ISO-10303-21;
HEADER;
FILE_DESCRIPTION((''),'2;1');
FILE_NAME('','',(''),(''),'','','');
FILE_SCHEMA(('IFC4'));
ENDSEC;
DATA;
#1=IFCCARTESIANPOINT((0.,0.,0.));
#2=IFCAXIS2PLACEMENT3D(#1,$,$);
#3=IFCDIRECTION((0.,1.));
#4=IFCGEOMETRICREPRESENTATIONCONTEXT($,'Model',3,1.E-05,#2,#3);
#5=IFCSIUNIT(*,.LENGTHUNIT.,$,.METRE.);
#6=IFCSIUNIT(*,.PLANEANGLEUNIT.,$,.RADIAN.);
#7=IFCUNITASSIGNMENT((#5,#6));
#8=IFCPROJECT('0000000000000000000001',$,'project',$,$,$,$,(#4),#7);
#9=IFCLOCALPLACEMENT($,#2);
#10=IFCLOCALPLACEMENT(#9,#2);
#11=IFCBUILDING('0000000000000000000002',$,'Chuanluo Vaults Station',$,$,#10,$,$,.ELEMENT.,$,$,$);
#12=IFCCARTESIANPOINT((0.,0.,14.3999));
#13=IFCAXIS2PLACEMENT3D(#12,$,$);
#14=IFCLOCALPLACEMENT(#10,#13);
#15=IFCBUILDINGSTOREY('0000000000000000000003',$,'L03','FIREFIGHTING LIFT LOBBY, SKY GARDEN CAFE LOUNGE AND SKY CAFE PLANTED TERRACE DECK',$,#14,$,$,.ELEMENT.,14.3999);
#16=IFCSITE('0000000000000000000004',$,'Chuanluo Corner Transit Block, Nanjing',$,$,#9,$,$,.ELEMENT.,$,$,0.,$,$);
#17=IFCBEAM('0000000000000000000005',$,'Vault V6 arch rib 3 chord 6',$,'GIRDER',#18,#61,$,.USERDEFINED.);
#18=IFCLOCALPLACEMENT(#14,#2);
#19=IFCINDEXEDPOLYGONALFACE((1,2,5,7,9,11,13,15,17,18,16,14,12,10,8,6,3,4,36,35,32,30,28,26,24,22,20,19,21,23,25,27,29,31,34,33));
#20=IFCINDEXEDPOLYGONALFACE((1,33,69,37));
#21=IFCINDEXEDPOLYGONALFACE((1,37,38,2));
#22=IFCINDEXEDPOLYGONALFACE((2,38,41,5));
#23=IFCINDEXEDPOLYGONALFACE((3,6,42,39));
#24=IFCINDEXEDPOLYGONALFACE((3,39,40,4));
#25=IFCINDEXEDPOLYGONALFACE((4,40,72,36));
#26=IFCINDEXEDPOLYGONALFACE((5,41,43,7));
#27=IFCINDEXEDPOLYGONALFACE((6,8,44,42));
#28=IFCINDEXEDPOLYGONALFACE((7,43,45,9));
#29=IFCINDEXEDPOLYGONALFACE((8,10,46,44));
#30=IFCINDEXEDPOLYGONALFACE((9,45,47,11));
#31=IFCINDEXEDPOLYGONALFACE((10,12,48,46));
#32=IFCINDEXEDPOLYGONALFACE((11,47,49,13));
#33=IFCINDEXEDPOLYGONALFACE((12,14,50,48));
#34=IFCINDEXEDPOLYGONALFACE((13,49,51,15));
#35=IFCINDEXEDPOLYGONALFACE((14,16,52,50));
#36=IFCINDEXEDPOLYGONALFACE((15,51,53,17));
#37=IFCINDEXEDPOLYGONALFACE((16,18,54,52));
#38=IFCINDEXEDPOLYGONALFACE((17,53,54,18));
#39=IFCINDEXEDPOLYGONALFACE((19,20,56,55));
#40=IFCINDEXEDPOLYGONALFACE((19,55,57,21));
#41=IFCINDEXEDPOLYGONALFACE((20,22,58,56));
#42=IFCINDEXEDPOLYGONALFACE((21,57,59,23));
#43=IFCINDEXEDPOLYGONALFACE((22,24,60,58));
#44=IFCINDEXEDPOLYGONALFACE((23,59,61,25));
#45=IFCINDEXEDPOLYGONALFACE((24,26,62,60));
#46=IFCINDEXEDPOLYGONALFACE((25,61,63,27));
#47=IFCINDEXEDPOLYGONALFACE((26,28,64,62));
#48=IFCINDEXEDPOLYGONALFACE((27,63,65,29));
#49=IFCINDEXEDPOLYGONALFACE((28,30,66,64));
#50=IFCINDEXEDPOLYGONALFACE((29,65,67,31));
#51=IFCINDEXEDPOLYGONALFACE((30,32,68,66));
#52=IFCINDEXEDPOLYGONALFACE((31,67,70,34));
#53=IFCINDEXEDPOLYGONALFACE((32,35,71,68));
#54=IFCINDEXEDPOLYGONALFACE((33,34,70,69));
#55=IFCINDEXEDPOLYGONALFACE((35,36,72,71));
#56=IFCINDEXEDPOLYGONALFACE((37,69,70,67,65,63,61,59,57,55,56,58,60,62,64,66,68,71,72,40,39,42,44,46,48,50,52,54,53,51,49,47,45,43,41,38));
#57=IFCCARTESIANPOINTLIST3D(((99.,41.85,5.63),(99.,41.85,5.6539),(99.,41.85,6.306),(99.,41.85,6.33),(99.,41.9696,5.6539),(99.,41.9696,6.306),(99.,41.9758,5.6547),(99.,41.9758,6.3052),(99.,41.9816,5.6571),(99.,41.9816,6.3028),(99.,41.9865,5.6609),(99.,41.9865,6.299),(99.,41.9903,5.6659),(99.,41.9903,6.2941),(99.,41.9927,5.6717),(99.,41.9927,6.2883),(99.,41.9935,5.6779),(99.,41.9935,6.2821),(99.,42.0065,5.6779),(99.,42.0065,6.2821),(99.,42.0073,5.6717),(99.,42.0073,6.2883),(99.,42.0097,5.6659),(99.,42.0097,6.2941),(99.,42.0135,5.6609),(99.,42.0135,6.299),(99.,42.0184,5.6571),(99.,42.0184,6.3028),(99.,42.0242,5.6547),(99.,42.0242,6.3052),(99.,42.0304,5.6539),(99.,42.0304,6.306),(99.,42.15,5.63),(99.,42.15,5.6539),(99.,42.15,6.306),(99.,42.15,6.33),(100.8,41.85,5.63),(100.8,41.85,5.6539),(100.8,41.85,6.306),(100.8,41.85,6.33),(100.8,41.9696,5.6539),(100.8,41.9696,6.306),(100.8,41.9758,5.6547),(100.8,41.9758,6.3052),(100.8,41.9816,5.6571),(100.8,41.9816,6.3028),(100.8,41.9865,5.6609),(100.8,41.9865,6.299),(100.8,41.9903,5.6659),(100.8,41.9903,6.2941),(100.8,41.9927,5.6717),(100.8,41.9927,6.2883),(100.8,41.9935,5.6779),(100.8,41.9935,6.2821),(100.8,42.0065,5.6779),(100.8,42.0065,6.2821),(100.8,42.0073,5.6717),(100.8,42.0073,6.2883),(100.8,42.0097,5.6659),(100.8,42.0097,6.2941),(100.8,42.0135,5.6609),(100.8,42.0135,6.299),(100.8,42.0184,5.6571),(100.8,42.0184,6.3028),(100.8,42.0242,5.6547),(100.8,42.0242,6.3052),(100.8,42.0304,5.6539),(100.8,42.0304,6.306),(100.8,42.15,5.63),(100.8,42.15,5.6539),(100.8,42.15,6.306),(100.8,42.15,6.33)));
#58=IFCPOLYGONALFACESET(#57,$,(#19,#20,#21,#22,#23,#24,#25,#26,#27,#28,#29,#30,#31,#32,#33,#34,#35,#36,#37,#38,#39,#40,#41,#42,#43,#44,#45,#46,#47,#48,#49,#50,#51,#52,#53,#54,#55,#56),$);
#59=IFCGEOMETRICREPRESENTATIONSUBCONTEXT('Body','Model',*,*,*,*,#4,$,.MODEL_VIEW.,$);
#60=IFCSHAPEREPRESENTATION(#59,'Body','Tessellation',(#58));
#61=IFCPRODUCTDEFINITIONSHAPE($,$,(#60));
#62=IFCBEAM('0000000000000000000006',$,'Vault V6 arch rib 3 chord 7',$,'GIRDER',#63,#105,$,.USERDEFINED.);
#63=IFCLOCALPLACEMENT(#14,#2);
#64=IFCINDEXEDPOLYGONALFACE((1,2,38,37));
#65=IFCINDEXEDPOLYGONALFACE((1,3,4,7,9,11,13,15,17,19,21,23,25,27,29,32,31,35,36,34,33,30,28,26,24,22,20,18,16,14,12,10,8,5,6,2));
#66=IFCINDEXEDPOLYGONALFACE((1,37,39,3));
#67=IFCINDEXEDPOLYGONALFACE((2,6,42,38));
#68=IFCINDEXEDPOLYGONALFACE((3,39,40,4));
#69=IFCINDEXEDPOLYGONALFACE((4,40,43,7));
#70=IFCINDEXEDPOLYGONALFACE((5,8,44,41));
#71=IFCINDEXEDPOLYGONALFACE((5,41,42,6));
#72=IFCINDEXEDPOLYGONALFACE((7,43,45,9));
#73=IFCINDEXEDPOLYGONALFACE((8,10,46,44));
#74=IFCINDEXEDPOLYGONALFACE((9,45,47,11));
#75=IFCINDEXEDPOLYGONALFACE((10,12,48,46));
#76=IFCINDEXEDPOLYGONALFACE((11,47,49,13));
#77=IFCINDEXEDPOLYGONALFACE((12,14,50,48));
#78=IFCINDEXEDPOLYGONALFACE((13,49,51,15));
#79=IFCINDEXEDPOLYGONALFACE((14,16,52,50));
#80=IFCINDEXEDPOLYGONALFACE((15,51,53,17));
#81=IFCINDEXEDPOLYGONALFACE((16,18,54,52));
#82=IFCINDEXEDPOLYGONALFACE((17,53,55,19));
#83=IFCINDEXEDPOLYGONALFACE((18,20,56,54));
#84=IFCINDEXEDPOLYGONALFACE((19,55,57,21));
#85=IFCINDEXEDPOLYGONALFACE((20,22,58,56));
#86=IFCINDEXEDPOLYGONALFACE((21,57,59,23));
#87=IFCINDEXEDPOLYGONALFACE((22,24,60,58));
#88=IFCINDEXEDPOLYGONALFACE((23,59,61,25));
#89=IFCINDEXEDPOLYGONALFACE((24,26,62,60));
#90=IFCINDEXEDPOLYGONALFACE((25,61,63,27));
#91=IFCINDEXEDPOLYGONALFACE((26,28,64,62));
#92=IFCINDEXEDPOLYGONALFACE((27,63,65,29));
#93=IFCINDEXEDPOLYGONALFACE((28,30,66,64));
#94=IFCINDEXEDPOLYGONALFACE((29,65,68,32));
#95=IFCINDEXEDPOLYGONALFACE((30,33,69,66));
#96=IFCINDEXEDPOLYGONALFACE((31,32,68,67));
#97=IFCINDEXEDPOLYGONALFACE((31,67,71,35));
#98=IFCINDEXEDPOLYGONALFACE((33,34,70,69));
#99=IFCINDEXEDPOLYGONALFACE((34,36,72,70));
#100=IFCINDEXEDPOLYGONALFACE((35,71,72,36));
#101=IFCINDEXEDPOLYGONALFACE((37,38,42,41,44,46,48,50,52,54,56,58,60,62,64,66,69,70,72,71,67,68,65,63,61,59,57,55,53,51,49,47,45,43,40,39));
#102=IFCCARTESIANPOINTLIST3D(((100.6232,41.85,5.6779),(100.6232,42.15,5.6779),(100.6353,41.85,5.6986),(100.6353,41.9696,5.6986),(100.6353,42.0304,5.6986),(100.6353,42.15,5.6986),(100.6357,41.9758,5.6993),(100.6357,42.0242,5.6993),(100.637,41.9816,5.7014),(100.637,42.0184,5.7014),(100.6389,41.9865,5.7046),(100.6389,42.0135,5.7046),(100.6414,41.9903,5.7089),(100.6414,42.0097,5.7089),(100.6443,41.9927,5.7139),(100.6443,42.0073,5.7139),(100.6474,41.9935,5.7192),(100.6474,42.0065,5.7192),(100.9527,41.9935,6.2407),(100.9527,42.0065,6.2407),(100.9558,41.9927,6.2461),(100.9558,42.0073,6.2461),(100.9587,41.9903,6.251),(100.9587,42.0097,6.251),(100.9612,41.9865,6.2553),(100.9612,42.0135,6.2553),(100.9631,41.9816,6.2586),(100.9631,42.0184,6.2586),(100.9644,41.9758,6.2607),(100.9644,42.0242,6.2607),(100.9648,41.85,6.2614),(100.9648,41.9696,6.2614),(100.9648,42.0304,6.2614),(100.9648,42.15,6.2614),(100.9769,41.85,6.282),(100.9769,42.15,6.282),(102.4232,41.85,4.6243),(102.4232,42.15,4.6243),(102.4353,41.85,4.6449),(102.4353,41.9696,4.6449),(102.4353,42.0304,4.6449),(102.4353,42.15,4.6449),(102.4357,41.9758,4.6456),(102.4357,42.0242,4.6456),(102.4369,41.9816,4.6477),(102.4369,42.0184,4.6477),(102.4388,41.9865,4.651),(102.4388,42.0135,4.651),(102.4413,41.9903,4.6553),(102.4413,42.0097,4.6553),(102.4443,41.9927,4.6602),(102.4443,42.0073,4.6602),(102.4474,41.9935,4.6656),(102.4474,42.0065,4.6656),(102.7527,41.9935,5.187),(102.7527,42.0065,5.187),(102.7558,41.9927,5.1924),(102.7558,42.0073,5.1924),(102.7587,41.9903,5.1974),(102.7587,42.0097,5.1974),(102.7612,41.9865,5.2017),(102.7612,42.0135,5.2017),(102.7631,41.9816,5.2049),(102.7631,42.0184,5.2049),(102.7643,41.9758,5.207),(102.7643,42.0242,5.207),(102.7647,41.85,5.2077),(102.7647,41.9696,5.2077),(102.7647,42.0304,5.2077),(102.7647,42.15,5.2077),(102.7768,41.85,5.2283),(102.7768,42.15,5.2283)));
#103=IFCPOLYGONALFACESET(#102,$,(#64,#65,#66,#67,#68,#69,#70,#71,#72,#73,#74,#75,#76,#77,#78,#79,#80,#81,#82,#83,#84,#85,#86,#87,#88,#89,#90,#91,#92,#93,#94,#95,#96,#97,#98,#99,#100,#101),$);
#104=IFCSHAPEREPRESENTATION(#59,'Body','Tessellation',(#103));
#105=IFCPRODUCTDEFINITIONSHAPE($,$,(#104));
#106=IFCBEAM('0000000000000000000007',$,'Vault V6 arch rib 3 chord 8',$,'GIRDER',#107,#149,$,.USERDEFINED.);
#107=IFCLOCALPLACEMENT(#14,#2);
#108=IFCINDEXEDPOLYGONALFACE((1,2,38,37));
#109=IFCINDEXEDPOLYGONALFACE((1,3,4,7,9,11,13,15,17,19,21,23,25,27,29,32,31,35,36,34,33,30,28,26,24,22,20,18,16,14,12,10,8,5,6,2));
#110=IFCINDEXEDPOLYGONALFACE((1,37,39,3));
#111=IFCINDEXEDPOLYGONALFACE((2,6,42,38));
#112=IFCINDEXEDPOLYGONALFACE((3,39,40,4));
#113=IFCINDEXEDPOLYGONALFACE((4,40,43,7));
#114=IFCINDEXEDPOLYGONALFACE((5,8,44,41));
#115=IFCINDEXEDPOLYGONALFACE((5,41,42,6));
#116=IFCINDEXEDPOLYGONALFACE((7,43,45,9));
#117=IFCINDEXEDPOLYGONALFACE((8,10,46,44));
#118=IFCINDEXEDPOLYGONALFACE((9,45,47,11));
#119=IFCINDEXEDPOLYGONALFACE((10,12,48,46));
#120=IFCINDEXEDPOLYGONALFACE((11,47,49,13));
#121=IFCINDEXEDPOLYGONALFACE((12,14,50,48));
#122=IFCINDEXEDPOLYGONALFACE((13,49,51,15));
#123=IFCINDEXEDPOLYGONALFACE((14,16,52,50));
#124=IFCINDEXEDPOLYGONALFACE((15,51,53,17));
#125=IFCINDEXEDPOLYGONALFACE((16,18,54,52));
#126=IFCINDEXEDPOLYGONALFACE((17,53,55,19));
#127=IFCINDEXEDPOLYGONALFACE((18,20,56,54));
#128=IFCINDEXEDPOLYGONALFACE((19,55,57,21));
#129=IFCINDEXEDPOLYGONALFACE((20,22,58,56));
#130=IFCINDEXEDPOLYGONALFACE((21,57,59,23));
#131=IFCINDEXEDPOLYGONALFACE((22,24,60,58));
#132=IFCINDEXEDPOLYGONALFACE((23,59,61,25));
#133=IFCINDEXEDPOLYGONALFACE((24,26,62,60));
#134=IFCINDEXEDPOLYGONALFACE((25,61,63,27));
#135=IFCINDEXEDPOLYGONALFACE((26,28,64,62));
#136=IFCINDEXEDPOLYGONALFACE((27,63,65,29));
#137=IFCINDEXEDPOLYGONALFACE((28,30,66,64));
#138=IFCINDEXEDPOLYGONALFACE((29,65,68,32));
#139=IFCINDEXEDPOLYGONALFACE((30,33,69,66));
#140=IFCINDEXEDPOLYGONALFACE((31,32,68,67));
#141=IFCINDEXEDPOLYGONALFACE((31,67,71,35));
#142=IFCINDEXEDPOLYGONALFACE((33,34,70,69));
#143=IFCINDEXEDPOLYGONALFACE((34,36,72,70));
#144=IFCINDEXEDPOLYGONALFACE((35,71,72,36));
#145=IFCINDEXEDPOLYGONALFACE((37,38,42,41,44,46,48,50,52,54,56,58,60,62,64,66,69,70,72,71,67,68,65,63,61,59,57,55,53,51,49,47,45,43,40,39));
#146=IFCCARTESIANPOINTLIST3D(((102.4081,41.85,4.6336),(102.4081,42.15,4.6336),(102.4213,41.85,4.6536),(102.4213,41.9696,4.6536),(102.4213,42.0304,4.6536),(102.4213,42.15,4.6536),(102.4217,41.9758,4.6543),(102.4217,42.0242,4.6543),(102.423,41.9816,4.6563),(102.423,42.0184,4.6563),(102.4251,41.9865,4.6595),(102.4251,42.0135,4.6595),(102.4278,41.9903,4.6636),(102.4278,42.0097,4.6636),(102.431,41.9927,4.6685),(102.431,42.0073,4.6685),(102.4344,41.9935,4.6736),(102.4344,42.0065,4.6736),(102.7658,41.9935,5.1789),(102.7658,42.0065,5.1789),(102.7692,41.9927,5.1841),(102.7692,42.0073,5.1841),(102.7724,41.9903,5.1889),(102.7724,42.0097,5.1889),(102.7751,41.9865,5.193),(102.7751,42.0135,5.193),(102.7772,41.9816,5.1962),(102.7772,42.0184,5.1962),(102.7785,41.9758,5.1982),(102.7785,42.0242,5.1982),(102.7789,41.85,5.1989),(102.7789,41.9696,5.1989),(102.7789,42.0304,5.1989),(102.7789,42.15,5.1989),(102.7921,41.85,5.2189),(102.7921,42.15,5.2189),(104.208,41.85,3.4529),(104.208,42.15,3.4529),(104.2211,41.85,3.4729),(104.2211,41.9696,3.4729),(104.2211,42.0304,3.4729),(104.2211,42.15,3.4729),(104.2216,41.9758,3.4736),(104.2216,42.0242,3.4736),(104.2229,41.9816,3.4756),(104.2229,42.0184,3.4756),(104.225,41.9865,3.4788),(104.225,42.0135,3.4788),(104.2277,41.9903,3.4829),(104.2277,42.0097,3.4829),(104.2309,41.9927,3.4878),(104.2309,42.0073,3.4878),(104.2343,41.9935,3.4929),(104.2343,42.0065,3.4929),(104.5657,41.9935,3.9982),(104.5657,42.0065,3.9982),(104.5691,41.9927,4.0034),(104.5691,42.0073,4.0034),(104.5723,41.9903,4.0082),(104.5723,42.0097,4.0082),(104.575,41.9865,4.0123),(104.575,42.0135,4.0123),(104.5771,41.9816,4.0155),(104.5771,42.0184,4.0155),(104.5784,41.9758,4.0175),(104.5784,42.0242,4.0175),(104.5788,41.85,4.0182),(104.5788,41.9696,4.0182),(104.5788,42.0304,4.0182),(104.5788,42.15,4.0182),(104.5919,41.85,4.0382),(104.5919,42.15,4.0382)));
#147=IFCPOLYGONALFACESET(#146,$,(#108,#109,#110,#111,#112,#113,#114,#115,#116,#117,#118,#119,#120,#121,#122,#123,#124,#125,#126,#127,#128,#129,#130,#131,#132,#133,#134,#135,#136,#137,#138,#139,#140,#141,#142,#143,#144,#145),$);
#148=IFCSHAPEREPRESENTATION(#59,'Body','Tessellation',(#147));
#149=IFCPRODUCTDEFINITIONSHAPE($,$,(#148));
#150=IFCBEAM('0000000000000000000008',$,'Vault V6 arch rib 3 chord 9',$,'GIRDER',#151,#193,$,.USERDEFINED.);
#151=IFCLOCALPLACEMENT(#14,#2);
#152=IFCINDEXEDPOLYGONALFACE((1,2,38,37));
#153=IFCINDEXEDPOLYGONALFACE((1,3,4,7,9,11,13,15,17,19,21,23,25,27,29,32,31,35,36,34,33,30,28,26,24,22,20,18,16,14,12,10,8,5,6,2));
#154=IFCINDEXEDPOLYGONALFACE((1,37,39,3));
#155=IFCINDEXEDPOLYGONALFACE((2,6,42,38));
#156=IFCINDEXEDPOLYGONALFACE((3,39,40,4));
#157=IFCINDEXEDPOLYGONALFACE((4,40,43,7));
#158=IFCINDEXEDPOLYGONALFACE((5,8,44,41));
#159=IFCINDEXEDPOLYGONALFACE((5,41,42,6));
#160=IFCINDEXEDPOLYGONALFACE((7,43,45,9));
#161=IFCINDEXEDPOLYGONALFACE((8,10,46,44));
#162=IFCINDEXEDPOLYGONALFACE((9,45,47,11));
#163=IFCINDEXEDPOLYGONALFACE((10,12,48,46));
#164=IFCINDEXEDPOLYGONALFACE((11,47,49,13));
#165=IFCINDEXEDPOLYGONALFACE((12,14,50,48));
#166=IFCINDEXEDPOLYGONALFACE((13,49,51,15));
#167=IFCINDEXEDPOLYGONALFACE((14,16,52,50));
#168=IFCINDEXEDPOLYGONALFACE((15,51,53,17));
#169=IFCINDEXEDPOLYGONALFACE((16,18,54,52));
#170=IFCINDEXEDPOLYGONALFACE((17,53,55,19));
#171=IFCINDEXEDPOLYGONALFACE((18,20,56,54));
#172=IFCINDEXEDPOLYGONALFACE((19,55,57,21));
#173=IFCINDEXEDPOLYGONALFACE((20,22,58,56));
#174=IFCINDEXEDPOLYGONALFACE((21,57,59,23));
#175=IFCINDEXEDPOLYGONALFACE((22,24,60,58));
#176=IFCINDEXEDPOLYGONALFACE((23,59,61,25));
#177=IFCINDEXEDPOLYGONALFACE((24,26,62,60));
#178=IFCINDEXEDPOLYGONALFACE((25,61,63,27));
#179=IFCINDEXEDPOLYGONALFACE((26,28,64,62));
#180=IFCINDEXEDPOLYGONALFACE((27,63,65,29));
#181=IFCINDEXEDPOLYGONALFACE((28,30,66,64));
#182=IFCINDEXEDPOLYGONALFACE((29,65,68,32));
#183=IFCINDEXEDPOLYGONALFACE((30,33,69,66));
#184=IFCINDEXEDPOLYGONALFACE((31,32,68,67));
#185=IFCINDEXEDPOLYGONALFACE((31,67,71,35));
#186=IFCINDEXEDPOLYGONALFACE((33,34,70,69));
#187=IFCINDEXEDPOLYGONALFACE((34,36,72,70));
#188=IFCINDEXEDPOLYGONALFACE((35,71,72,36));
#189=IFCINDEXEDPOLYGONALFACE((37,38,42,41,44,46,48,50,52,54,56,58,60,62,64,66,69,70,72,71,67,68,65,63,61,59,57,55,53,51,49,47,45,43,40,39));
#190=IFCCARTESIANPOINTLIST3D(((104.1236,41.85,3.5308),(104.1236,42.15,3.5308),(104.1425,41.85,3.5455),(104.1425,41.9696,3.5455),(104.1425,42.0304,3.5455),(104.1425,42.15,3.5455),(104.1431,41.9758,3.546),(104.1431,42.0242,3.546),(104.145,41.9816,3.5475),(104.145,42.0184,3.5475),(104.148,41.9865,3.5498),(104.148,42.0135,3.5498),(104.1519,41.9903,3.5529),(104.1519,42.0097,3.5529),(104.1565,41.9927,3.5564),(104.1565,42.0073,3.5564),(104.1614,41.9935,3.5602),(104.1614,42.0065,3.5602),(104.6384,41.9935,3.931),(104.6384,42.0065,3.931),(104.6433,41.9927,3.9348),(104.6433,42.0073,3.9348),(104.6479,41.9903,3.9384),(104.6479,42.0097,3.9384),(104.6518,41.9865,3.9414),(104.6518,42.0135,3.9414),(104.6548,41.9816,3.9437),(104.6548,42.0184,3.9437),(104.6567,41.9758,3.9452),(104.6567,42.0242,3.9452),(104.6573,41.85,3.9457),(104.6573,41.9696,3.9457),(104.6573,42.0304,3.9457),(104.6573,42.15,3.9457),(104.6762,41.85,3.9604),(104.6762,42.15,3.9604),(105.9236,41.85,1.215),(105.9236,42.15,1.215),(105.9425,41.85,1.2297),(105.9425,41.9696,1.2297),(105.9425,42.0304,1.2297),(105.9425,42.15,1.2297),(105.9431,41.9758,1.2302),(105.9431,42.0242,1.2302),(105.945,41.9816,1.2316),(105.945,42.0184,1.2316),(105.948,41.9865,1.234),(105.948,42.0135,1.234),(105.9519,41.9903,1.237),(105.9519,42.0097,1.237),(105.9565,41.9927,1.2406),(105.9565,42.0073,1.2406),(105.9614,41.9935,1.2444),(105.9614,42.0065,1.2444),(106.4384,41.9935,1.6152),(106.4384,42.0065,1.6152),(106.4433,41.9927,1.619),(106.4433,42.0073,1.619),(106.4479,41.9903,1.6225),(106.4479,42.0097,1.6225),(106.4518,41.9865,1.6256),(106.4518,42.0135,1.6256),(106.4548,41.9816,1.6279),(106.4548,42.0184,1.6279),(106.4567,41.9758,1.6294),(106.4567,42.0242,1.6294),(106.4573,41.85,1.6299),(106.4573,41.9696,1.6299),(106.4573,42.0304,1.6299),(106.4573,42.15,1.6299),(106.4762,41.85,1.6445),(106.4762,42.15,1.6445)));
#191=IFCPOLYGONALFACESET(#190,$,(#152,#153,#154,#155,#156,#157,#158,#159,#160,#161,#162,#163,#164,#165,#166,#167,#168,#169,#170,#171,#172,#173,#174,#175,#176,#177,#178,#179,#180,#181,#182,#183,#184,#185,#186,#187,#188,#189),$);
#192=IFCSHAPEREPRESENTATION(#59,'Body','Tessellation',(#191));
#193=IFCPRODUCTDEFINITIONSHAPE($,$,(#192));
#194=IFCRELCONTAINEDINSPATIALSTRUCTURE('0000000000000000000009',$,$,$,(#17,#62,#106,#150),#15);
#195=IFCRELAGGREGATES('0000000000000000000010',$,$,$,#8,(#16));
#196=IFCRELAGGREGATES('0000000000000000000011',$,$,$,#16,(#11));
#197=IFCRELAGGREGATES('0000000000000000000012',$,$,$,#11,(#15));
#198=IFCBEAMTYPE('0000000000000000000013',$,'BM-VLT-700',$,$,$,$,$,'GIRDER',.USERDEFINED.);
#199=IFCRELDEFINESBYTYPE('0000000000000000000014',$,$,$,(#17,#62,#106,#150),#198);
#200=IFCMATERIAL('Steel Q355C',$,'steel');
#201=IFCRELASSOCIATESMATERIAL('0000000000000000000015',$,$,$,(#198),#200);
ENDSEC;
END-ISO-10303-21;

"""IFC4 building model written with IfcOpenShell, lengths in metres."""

from ifc_helpers import new_model, si_unit, direction, frame, origin, origin_2d, place, context, subcontext, project, spatial, i_section, extrude, material, material_profile, profile_set, type_object, element, save


model = new_model("IFC4")

# Units and contexts
model_context = context("Model", 3, precision=1e-05, world=origin(), true_north=direction((0.0, 1.0)))
body_context = subcontext(model_context, "Body", "Model", "MODEL_VIEW")
ifc_project = project(units=[si_unit("LENGTHUNIT", "METRE"), si_unit("PLANEANGLEUNIT", "RADIAN")], contexts=[model_context])

# Site, building, storey
site_placement = place(None, origin())
site = spatial("IfcSite", under=ifc_project, at=site_placement, Name="Chuanluo Corner Transit Block, Nanjing", CompositionType="ELEMENT", RefElevation=0.0)
building_placement = place(site_placement, origin())
building = spatial("IfcBuilding", under=site, at=building_placement, Name="Chuanluo Vaults Station", CompositionType="ELEMENT")
storey_placement = place(building_placement, frame((0.0, 0.0, 14.3999)))
storey = spatial("IfcBuildingStorey", under=building, at=storey_placement, Name="L03", Description="FIREFIGHTING LIFT LOBBY, SKY GARDEN CAFE LOUNGE AND SKY CAFE PLANTED TERRACE DECK", CompositionType="ELEMENT", Elevation=14.3999)

# Beams
ifc_material_1 = material(Name="Steel Q355C", Category="steel")
ifc_material_profile_1 = material_profile(ifc_material_1, i_section(OverallWidth=0.3, OverallDepth=0.7, WebThickness=0.0129, FlangeThickness=0.0239, FilletRadius=0.0239, at=origin_2d()))
ifc_profile_set_1 = profile_set([ifc_material_profile_1], Name="Steel Q355C")
beam_type = type_object("IfcBeamType", Name="BM-VLT-700", ElementType="GIRDER", PredefinedType="USERDEFINED", material=ifc_profile_set_1)
for number, where, z_axis, x_axis, name in (
    (1, (99.0, 42.0, 5.98), (1.0, 0.0, 0.0), (0.0, 1.0, 0.0), "Vault V6 arch rib 3 chord 6"),
):
    element("IfcBeam", number, at=place(storey_placement, frame(where, z_axis=z_axis, x_axis=x_axis)), inside=storey, type_object=beam_type, Name=name, ObjectType="GIRDER", PredefinedType="USERDEFINED", context=body_context, shape_type="SweptSolid", body=[
        extrude(i_section(OverallWidth=0.3, OverallDepth=0.7, WebThickness=0.0129, FlangeThickness=0.0239, FilletRadius=0.0239, at=origin_2d()), origin(), (0.0, 0.0, 1.0), 1.8),
    ])
beam_1_placement = place(storey_placement, frame((100.8, 42.0, 5.98), z_axis=(0.863009, 0.0, -0.505188), x_axis=(0.0, 1.0, 0.0)))
element("IfcBeam", 2, at=beam_1_placement, inside=storey, type_object=beam_type, Name="Vault V6 arch rib 3 chord 7", ObjectType="GIRDER", PredefinedType="USERDEFINED", context=body_context, shape_type="SweptSolid", body=[
    extrude(i_section(OverallWidth=0.3, OverallDepth=0.7, WebThickness=0.0129, FlangeThickness=0.0239, FilletRadius=0.0239, at=origin_2d()), origin(), (0.0, 0.0, 1.0), 2.0857),
])
beam_2_placement = place(storey_placement, frame((102.6001, 42.0, 4.9263), z_axis=(0.836145, 0.0, -0.548508), x_axis=(0.0, 1.0, 0.0)))
element("IfcBeam", 3, at=beam_2_placement, inside=storey, type_object=beam_type, Name="Vault V6 arch rib 3 chord 8", ObjectType="GIRDER", PredefinedType="USERDEFINED", context=body_context, shape_type="SweptSolid", body=[
    extrude(i_section(OverallWidth=0.3, OverallDepth=0.7, WebThickness=0.0129, FlangeThickness=0.0239, FilletRadius=0.0239, at=origin_2d()), origin(), (0.0, 0.0, 1.0), 2.1526),
])
beam_3_placement = place(storey_placement, frame((104.3999, 42.0, 3.7456), z_axis=(0.613681, 0.0, -0.789554), x_axis=(0.0, 1.0, 0.0)))
element("IfcBeam", 4, at=beam_3_placement, inside=storey, type_object=beam_type, Name="Vault V6 arch rib 3 chord 9", ObjectType="GIRDER", PredefinedType="USERDEFINED", context=body_context, shape_type="SweptSolid", body=[
    extrude(i_section(OverallWidth=0.3, OverallDepth=0.7, WebThickness=0.0129, FlangeThickness=0.0239, FilletRadius=0.0239, at=origin_2d()), origin(), (0.0, 0.0, 1.0), 2.9331),
])

save(model, "model.ifc")
